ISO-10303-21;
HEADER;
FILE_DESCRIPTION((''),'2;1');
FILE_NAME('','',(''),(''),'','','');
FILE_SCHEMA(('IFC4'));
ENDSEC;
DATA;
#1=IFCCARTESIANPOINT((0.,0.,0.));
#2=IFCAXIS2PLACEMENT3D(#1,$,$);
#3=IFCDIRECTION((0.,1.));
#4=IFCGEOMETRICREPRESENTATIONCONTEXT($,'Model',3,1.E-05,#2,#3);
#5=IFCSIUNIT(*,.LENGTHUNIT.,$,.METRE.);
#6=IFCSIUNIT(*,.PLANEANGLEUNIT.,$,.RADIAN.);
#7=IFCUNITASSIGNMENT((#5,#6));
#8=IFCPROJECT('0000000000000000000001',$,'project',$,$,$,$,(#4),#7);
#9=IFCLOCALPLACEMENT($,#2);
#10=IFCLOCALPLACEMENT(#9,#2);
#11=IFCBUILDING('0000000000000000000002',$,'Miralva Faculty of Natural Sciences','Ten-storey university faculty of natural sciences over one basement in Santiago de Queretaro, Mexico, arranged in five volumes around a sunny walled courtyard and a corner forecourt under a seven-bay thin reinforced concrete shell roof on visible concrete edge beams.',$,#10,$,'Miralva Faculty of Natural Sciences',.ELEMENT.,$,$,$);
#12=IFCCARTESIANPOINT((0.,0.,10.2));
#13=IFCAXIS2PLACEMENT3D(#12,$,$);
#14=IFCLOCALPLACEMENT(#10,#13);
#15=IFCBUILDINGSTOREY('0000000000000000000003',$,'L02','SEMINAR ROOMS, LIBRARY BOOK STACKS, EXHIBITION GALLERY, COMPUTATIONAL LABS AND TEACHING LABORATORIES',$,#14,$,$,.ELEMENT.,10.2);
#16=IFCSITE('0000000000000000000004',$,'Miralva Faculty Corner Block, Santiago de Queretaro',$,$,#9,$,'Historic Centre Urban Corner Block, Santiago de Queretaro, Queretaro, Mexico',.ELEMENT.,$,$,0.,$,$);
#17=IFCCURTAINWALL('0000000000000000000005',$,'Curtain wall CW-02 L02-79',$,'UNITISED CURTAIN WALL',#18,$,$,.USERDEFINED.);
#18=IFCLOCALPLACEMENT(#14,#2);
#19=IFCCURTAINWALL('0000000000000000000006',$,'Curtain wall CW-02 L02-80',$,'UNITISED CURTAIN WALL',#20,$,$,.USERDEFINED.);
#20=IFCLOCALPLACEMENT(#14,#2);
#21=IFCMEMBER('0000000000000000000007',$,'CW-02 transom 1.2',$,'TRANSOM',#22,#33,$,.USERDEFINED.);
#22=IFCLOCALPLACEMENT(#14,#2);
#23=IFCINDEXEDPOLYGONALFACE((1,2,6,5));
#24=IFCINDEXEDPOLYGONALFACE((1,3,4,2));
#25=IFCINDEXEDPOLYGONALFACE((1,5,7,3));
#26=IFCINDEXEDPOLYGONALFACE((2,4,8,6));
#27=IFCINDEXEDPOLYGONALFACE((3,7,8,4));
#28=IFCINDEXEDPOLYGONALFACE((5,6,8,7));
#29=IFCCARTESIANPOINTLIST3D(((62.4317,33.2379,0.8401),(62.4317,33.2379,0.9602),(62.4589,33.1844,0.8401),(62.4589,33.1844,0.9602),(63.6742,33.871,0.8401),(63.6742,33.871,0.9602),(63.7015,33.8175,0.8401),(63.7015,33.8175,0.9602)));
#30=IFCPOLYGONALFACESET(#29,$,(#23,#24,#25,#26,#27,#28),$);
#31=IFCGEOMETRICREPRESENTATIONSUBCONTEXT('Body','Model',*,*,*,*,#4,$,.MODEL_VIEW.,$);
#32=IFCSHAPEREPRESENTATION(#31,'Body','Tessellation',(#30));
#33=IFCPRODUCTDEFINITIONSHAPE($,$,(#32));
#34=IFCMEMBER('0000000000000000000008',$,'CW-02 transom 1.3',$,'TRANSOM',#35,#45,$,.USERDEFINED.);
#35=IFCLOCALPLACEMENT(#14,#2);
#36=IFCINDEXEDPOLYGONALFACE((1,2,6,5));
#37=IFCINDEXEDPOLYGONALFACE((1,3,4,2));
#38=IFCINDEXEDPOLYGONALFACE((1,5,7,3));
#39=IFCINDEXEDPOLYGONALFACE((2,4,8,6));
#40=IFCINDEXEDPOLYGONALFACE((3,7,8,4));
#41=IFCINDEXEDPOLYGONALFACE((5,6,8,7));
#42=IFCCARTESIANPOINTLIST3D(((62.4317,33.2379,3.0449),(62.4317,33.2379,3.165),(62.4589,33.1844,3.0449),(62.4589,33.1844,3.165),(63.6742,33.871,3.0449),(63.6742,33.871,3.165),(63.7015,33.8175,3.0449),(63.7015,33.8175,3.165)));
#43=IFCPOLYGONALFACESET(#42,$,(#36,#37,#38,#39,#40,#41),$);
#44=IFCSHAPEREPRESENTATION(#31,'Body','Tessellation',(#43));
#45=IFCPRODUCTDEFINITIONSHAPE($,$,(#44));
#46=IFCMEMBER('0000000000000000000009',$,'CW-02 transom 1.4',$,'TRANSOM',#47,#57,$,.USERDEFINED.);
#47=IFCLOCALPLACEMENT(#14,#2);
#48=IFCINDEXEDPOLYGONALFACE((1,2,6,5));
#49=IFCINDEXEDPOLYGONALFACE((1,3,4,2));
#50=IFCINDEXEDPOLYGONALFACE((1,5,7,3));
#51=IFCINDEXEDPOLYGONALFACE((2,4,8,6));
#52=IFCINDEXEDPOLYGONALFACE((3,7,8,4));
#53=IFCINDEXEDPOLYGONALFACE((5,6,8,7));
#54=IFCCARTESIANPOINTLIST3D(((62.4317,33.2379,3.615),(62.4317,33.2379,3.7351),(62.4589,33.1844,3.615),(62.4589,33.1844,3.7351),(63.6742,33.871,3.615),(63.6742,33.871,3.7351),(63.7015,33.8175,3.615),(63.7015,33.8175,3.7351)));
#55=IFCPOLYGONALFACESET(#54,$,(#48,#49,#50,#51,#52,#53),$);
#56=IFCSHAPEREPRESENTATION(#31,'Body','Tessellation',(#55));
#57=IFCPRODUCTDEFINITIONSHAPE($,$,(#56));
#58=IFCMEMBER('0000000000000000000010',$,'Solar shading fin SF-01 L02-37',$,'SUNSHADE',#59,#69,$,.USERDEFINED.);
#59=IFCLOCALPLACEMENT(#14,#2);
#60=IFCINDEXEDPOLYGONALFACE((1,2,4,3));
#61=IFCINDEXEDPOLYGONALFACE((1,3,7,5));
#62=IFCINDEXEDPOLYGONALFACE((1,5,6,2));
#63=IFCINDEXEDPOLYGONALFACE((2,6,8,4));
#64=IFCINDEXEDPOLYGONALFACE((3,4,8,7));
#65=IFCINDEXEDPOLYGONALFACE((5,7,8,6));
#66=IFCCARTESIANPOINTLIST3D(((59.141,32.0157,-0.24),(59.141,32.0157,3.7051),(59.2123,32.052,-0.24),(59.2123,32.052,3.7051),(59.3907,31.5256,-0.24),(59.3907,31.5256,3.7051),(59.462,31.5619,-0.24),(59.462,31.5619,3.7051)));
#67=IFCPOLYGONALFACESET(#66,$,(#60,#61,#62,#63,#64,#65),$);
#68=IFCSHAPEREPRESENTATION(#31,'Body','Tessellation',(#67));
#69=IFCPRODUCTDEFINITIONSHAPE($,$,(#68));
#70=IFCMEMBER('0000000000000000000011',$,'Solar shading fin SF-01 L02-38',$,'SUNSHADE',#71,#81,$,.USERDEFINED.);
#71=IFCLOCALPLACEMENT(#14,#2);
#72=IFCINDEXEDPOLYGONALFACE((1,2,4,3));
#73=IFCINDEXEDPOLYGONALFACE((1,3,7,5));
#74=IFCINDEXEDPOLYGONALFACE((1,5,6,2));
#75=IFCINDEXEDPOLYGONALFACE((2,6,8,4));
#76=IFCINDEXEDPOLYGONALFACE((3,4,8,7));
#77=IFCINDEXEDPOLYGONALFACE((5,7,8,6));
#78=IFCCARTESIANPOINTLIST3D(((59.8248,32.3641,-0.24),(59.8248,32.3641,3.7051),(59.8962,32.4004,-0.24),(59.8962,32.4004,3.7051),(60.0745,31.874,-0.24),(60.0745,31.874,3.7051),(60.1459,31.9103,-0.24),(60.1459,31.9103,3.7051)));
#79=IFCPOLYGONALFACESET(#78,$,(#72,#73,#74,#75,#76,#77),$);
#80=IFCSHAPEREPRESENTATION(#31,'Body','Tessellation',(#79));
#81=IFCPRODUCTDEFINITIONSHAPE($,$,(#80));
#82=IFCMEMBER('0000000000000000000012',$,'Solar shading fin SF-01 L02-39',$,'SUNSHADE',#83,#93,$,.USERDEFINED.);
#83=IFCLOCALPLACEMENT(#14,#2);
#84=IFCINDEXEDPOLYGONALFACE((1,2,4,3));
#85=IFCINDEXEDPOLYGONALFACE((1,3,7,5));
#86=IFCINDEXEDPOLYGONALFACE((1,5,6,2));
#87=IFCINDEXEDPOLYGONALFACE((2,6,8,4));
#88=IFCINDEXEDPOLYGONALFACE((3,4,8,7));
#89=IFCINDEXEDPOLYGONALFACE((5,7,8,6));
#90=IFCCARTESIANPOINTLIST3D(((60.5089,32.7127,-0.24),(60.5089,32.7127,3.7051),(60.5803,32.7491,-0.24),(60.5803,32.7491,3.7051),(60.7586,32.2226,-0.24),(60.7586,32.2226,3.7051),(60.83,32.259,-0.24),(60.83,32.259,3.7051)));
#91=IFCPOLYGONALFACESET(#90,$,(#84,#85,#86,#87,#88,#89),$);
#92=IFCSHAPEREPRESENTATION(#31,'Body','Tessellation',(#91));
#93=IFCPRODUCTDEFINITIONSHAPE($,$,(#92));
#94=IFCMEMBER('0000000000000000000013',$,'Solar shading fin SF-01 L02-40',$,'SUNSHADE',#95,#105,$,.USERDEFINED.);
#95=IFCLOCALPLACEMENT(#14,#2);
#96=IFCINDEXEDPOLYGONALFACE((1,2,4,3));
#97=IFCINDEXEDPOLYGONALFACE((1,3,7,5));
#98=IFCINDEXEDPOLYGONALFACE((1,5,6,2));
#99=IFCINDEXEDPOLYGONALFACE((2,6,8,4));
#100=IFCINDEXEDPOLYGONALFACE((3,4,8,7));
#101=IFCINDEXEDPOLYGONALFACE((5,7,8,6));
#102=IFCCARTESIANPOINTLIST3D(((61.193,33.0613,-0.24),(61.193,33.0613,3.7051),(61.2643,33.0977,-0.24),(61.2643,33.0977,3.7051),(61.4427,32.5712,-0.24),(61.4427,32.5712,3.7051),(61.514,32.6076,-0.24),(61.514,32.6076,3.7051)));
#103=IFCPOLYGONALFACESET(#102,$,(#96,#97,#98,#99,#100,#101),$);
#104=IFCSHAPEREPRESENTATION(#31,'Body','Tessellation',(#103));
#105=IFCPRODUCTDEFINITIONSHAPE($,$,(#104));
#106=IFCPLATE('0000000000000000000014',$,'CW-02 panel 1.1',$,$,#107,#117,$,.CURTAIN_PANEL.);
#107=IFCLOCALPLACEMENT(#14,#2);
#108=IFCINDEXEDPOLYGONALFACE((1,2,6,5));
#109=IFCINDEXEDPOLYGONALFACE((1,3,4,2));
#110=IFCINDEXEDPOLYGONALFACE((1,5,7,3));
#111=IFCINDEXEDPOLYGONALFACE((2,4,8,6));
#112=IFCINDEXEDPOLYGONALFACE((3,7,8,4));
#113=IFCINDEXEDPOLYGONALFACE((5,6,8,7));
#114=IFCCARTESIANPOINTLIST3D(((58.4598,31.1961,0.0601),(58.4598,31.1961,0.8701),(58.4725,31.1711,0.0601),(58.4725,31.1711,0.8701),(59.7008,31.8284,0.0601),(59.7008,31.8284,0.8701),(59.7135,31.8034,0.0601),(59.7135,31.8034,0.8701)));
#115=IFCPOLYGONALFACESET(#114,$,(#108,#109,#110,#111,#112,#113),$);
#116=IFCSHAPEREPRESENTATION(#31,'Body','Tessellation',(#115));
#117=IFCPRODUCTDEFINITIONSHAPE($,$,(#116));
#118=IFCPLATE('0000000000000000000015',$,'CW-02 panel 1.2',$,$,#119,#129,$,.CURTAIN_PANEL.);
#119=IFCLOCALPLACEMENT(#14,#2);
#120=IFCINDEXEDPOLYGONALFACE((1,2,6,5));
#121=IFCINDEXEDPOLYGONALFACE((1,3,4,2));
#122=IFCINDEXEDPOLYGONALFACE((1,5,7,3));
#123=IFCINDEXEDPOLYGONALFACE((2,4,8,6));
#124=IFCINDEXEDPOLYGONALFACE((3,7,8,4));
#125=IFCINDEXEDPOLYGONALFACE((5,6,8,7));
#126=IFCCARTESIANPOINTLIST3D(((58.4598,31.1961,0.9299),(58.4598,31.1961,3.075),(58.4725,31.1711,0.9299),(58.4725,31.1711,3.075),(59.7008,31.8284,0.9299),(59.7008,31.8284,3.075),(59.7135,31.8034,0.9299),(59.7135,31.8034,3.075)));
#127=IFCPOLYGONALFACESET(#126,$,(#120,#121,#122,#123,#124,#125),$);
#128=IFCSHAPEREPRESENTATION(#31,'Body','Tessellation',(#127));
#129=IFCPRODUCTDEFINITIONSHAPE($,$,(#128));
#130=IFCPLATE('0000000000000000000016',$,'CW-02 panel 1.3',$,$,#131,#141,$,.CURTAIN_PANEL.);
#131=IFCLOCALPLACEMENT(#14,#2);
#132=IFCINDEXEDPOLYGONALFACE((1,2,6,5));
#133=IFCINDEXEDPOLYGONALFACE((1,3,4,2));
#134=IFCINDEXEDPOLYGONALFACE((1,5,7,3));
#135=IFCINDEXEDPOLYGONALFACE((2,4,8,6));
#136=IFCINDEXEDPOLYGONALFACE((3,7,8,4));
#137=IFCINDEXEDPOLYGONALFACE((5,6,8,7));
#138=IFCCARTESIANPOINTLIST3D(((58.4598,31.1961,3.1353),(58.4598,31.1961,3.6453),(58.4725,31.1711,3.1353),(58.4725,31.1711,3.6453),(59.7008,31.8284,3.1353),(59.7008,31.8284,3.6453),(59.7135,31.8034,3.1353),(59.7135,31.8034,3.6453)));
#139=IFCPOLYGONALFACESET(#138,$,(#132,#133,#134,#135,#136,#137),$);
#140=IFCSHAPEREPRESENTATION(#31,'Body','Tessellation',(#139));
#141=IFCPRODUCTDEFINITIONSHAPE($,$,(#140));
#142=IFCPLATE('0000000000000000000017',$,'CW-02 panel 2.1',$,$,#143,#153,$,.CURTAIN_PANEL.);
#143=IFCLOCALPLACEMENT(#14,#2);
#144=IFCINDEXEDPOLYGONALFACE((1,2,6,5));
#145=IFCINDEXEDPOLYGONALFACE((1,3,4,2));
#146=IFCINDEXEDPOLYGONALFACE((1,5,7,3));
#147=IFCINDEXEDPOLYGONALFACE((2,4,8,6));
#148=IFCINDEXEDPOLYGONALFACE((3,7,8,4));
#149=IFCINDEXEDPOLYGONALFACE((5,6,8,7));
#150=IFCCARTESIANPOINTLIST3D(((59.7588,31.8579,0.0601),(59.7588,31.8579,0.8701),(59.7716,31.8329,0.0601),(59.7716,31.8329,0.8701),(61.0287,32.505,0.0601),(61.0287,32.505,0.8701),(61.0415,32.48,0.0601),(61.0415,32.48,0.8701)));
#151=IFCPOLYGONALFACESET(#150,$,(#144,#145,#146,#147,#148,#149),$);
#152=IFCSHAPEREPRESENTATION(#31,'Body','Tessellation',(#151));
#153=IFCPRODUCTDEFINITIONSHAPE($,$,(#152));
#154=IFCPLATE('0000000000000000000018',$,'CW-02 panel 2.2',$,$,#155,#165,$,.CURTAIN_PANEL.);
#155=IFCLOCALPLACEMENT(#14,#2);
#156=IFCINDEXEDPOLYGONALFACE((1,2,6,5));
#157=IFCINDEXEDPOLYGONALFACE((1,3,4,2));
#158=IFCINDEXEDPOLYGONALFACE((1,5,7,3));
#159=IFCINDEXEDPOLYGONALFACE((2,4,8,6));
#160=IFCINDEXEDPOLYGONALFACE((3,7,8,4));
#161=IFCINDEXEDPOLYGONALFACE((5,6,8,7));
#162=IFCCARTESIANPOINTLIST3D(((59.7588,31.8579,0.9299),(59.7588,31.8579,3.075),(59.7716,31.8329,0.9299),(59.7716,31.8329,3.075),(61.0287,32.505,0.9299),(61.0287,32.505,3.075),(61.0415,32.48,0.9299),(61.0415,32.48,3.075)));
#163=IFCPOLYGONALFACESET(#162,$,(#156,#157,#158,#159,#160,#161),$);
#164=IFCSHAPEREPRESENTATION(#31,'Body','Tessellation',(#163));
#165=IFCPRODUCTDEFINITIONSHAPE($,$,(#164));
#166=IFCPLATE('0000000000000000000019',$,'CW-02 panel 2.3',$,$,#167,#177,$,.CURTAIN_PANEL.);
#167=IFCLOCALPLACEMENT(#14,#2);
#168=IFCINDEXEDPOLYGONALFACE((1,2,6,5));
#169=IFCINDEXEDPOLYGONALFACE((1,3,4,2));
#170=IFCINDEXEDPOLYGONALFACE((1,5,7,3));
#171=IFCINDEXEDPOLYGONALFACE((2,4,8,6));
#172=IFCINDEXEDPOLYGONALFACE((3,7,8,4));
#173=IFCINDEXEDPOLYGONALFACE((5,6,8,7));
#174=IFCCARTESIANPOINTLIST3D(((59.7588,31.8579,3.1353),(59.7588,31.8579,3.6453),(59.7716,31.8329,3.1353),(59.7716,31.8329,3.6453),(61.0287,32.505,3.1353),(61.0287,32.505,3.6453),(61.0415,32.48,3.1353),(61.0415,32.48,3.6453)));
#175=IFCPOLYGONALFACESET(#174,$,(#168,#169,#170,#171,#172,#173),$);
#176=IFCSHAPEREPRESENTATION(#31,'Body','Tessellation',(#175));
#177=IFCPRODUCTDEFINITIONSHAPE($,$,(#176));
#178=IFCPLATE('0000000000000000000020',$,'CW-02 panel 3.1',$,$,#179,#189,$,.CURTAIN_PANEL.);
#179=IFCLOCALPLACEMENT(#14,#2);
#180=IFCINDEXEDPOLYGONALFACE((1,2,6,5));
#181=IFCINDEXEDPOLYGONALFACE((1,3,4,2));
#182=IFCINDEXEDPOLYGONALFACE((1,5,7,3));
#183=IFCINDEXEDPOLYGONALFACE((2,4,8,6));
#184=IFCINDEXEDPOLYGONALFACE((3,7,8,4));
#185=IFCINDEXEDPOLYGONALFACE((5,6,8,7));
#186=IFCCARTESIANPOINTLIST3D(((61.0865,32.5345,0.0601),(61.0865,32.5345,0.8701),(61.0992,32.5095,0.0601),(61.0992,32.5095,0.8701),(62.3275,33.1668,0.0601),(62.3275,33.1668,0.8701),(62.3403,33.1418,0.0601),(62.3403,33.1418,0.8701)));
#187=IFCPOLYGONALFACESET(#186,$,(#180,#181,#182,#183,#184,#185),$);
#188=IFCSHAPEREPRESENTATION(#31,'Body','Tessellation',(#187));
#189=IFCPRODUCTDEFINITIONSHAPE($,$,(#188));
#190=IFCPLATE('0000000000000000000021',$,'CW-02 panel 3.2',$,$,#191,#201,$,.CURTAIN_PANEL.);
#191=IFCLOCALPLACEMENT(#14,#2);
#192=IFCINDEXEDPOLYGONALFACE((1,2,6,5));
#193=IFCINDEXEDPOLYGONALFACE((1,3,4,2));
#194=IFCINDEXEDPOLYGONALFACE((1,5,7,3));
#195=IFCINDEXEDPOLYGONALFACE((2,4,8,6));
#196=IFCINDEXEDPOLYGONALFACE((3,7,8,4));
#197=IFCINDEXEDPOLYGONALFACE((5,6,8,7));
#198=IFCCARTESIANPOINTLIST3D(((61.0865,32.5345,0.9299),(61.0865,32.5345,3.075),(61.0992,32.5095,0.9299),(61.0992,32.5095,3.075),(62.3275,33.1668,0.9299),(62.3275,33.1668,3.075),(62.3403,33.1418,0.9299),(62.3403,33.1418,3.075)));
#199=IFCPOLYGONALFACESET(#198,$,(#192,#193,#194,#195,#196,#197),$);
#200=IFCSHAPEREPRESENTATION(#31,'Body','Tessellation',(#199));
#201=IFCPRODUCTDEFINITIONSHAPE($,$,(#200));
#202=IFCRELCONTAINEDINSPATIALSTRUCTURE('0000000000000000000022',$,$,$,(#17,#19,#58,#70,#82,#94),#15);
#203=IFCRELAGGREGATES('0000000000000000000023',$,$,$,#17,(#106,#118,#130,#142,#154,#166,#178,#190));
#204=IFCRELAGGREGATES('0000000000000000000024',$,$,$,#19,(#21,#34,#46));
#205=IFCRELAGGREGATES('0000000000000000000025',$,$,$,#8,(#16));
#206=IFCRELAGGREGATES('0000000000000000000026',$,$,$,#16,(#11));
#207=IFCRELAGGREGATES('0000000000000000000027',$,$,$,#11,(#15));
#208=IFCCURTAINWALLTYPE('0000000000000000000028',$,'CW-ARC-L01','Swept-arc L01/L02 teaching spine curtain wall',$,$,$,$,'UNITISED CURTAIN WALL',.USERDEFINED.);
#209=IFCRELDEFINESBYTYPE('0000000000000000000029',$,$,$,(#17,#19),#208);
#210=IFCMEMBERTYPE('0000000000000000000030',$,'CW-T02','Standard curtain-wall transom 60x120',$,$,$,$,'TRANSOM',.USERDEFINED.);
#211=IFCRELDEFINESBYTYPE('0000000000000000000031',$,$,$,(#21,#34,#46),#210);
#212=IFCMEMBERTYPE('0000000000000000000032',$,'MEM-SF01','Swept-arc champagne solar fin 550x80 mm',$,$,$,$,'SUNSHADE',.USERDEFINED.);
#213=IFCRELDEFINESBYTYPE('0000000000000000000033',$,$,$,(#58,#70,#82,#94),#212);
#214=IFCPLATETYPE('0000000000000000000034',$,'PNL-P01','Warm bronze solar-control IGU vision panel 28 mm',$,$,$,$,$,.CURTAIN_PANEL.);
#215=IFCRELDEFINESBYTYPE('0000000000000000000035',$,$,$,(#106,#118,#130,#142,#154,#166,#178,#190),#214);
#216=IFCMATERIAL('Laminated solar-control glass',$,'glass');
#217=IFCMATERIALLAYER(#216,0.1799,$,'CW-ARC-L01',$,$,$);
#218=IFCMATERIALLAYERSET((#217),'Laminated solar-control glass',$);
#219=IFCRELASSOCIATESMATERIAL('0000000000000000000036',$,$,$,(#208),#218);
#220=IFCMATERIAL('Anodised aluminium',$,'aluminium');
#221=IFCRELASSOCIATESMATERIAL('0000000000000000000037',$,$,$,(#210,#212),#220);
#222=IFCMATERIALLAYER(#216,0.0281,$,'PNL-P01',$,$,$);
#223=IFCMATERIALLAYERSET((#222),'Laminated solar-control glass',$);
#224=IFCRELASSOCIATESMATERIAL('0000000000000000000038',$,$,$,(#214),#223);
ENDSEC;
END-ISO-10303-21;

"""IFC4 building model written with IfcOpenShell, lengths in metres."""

from ifc_helpers import new_model, si_unit, direction, frame, origin, origin_2d, place, context, subcontext, project, spatial, rectangle, extrude, material, layer, layer_set, material_profile, profile_set, type_object, element, aggregate, save


model = new_model("IFC4")

# Units and contexts
model_context = context("Model", 3, precision=1e-05, world=origin(), true_north=direction((0.0, 1.0)))
body_context = subcontext(model_context, "Body", "Model", "MODEL_VIEW")
ifc_project = project(units=[si_unit("LENGTHUNIT", "METRE"), si_unit("PLANEANGLEUNIT", "RADIAN")], contexts=[model_context])

# Site, building, storey
site_placement = place(None, origin())
site = spatial("IfcSite", under=ifc_project, at=site_placement, Name="Miralva Faculty Corner Block, Santiago de Queretaro", LongName="Historic Centre Urban Corner Block, Santiago de Queretaro, Queretaro, Mexico", CompositionType="ELEMENT", RefElevation=0.0)
building_placement = place(site_placement, origin())
building = spatial("IfcBuilding", under=site, at=building_placement, Name="Miralva Faculty of Natural Sciences", Description="Ten-storey university faculty of natural sciences over one basement in Santiago de Queretaro, Mexico, arranged in five volumes around a sunny walled courtyard and a corner forecourt under a seven-bay thin reinforced concrete shell roof on visible concrete edge beams.", LongName="Miralva Faculty of Natural Sciences", CompositionType="ELEMENT")
storey_placement = place(building_placement, frame((0.0, 0.0, 10.2)))
storey = spatial("IfcBuildingStorey", under=building, at=storey_placement, Name="L02", Description="SEMINAR ROOMS, LIBRARY BOOK STACKS, EXHIBITION GALLERY, COMPUTATIONAL LABS AND TEACHING LABORATORIES", CompositionType="ELEMENT", Elevation=10.2)

# Curtain wall
ifc_material_1 = material(Name="Laminated solar-control glass", Category="glass")
ifc_layer_1 = layer(ifc_material_1, 0.1799, Name="CW-ARC-L01")
ifc_layer_set_1 = layer_set([ifc_layer_1], Name="Laminated solar-control glass")
curtain_wall_type = type_object("IfcCurtainWallType", Name="CW-ARC-L01", Description="Swept-arc L01/L02 teaching spine curtain wall", ElementType="UNITISED CURTAIN WALL", PredefinedType="USERDEFINED", material=ifc_layer_set_1)
curtain_wall_1_placement = place(storey_placement, origin())
curtain_wall_1 = element("IfcCurtainWall", 1, at=curtain_wall_1_placement, inside=storey, type_object=curtain_wall_type, Name="Curtain wall CW-02 L02-79", ObjectType="UNITISED CURTAIN WALL", PredefinedType="USERDEFINED")
ifc_material_2 = material(Name="Anodised aluminium", Category="aluminium")

# Curtain wall
curtain_wall_2_placement = place(storey_placement, origin())
curtain_wall_2 = element("IfcCurtainWall", 2, at=curtain_wall_2_placement, inside=storey, type_object=curtain_wall_type, Name="Curtain wall CW-02 L02-80", ObjectType="UNITISED CURTAIN WALL", PredefinedType="USERDEFINED")

# Members
ifc_material_profile_1 = material_profile(ifc_material_2, rectangle(XDim=0.0601, YDim=0.1201, at=origin_2d()), Name="TRANSOM 60x120")
ifc_profile_set_1 = profile_set([ifc_material_profile_1], Name="Anodised aluminium")
member_type_1 = type_object("IfcMemberType", Name="CW-T02", Description="Standard curtain-wall transom 60x120", ElementType="TRANSOM", PredefinedType="USERDEFINED", material=ifc_profile_set_1)
member_1_placement = place(storey_placement, frame((62.4453, 33.2112, 0.9001), z_axis=(0.891005, 0.453994, 0.0), x_axis=(-0.453994, 0.891005, 0.0)))
member_1 = element("IfcMember", 3, at=member_1_placement, type_object=member_type_1, Name="CW-02 transom 1.2", ObjectType="TRANSOM", PredefinedType="USERDEFINED", context=body_context, shape_type="SweptSolid", body=[
    extrude(rectangle(XDim=0.0601, YDim=0.1201, at=origin_2d()), origin(), (0.0, 0.0, 1.0), 1.3945),
])
member_2_placement = place(storey_placement, frame((62.4453, 33.2112, 3.105), z_axis=(0.891005, 0.453994, 0.0), x_axis=(-0.453994, 0.891005, 0.0)))
member_2 = element("IfcMember", 4, at=member_2_placement, type_object=member_type_1, Name="CW-02 transom 1.3", ObjectType="TRANSOM", PredefinedType="USERDEFINED", context=body_context, shape_type="SweptSolid", body=[
    extrude(rectangle(XDim=0.0601, YDim=0.1201, at=origin_2d()), origin(), (0.0, 0.0, 1.0), 1.3945),
])
member_3_placement = place(storey_placement, frame((62.4453, 33.2112, 3.675), z_axis=(0.891005, 0.453994, 0.0), x_axis=(-0.453994, 0.891005, 0.0)))
member_3 = element("IfcMember", 5, at=member_3_placement, type_object=member_type_1, Name="CW-02 transom 1.4", ObjectType="TRANSOM", PredefinedType="USERDEFINED", context=body_context, shape_type="SweptSolid", body=[
    extrude(rectangle(XDim=0.0601, YDim=0.1201, at=origin_2d()), origin(), (0.0, 0.0, 1.0), 1.3945),
])

# Members
ifc_material_profile_2 = material_profile(ifc_material_2, rectangle(XDim=0.0801, YDim=0.55, at=origin_2d()), Name="FIN 550x80")
ifc_profile_set_2 = profile_set([ifc_material_profile_2], Name="Anodised aluminium")
member_type_2 = type_object("IfcMemberType", Name="MEM-SF01", Description="Swept-arc champagne solar fin 550x80 mm", ElementType="SUNSHADE", PredefinedType="USERDEFINED", material=ifc_profile_set_2)
for number, where, z_axis, x_axis, name in (
    (6, (59.3015, 31.7888, -0.24), (0.0, 0.0, 1.0), (-0.891007, -0.45399, 0.0), "Solar shading fin SF-01 L02-37"),
    (7, (59.9854, 32.1372, -0.24), (0.0, 0.0, 1.0), (-0.891007, -0.45399, 0.0), "Solar shading fin SF-01 L02-38"),
    (8, (60.6694, 32.4858, -0.24), (0.0, 0.0, 1.0), (-0.891007, -0.45399, 0.0), "Solar shading fin SF-01 L02-39"),
    (9, (61.3535, 32.8345, -0.24), (0.0, 0.0, 1.0), (-0.891007, -0.45399, 0.0), "Solar shading fin SF-01 L02-40"),
):
    element("IfcMember", number, at=place(storey_placement, frame(where, z_axis=z_axis, x_axis=x_axis)), inside=storey, type_object=member_type_2, Name=name, ObjectType="SUNSHADE", PredefinedType="USERDEFINED", context=body_context, shape_type="SweptSolid", body=[
        extrude(rectangle(XDim=0.0801, YDim=0.55, at=origin_2d()), origin(), (0.0, 0.0, 1.0), 3.9451),
    ])

# Plates
ifc_layer_2 = layer(ifc_material_1, 0.0281, Name="PNL-P01")
ifc_layer_set_2 = layer_set([ifc_layer_2], Name="Laminated solar-control glass")
plate_type = type_object("IfcPlateType", Name="PNL-P01", Description="Warm bronze solar-control IGU vision panel 28 mm", PredefinedType="CURTAIN_PANEL", material=ifc_layer_set_2)
plate_1_placement = place(storey_placement, frame((59.0867, 31.4998, 0.0601), z_axis=(0.0, 0.0, 1.0), x_axis=(0.891002, 0.454, 0.0)))
plate_1 = element("IfcPlate", 10, at=plate_1_placement, type_object=plate_type, Name="CW-02 panel 1.1", PredefinedType="CURTAIN_PANEL", context=body_context, shape_type="SweptSolid", body=[
    extrude(rectangle(XDim=1.3928, YDim=0.0281, at=origin_2d()), origin(), (0.0, 0.0, 1.0), 0.8101),
])
plate_2_placement = place(storey_placement, frame((59.0867, 31.4998, 0.9299), z_axis=(0.0, 0.0, 1.0), x_axis=(0.891002, 0.454, 0.0)))
plate_2 = element("IfcPlate", 11, at=plate_2_placement, type_object=plate_type, Name="CW-02 panel 1.2", PredefinedType="CURTAIN_PANEL", context=body_context, shape_type="SweptSolid", body=[
    extrude(rectangle(XDim=1.3928, YDim=0.0281, at=origin_2d()), origin(), (0.0, 0.0, 1.0), 2.145),
])
plate_3_placement = place(storey_placement, frame((59.0867, 31.4998, 3.1353), z_axis=(0.0, 0.0, 1.0), x_axis=(0.891002, 0.454, 0.0)))
plate_3 = element("IfcPlate", 12, at=plate_3_placement, type_object=plate_type, Name="CW-02 panel 1.3", PredefinedType="CURTAIN_PANEL", context=body_context, shape_type="SweptSolid", body=[
    extrude(rectangle(XDim=1.3928, YDim=0.0281, at=origin_2d()), origin(), (0.0, 0.0, 1.0), 0.51),
])
plate_4_placement = place(storey_placement, frame((60.4001, 32.1689, 0.0601), z_axis=(0.0, 0.0, 1.0), x_axis=(0.891002, 0.454, 0.0)))
plate_4 = element("IfcPlate", 13, at=plate_4_placement, type_object=plate_type, Name="CW-02 panel 2.1", PredefinedType="CURTAIN_PANEL", context=body_context, shape_type="SweptSolid", body=[
    extrude(rectangle(XDim=1.4253, YDim=0.0281, at=origin_2d()), origin(), (0.0, 0.0, 1.0), 0.8101),
])
plate_5_placement = place(storey_placement, frame((60.4001, 32.1689, 0.9299), z_axis=(0.0, 0.0, 1.0), x_axis=(0.891002, 0.454, 0.0)))
plate_5 = element("IfcPlate", 14, at=plate_5_placement, type_object=plate_type, Name="CW-02 panel 2.2", PredefinedType="CURTAIN_PANEL", context=body_context, shape_type="SweptSolid", body=[
    extrude(rectangle(XDim=1.4253, YDim=0.0281, at=origin_2d()), origin(), (0.0, 0.0, 1.0), 2.145),
])
plate_6_placement = place(storey_placement, frame((60.4001, 32.1689, 3.1353), z_axis=(0.0, 0.0, 1.0), x_axis=(0.891002, 0.454, 0.0)))
plate_6 = element("IfcPlate", 15, at=plate_6_placement, type_object=plate_type, Name="CW-02 panel 2.3", PredefinedType="CURTAIN_PANEL", context=body_context, shape_type="SweptSolid", body=[
    extrude(rectangle(XDim=1.4253, YDim=0.0281, at=origin_2d()), origin(), (0.0, 0.0, 1.0), 0.51),
])
plate_7_placement = place(storey_placement, frame((61.7134, 32.8381, 0.0601), z_axis=(0.0, 0.0, 1.0), x_axis=(0.891002, 0.454, 0.0)))
plate_7 = element("IfcPlate", 16, at=plate_7_placement, type_object=plate_type, Name="CW-02 panel 3.1", PredefinedType="CURTAIN_PANEL", context=body_context, shape_type="SweptSolid", body=[
    extrude(rectangle(XDim=1.3928, YDim=0.0281, at=origin_2d()), origin(), (0.0, 0.0, 1.0), 0.8101),
])
plate_8_placement = place(storey_placement, frame((61.7134, 32.8381, 0.9299), z_axis=(0.0, 0.0, 1.0), x_axis=(0.891002, 0.454, 0.0)))
plate_8 = element("IfcPlate", 17, at=plate_8_placement, type_object=plate_type, Name="CW-02 panel 3.2", PredefinedType="CURTAIN_PANEL", context=body_context, shape_type="SweptSolid", body=[
    extrude(rectangle(XDim=1.3928, YDim=0.0281, at=origin_2d()), origin(), (0.0, 0.0, 1.0), 2.145),
])
aggregate(curtain_wall_1, [plate_1, plate_2, plate_3, plate_4, plate_5, plate_6, plate_7, plate_8])
aggregate(curtain_wall_2, [member_1, member_2, member_3])

save(model, "model.ifc")
